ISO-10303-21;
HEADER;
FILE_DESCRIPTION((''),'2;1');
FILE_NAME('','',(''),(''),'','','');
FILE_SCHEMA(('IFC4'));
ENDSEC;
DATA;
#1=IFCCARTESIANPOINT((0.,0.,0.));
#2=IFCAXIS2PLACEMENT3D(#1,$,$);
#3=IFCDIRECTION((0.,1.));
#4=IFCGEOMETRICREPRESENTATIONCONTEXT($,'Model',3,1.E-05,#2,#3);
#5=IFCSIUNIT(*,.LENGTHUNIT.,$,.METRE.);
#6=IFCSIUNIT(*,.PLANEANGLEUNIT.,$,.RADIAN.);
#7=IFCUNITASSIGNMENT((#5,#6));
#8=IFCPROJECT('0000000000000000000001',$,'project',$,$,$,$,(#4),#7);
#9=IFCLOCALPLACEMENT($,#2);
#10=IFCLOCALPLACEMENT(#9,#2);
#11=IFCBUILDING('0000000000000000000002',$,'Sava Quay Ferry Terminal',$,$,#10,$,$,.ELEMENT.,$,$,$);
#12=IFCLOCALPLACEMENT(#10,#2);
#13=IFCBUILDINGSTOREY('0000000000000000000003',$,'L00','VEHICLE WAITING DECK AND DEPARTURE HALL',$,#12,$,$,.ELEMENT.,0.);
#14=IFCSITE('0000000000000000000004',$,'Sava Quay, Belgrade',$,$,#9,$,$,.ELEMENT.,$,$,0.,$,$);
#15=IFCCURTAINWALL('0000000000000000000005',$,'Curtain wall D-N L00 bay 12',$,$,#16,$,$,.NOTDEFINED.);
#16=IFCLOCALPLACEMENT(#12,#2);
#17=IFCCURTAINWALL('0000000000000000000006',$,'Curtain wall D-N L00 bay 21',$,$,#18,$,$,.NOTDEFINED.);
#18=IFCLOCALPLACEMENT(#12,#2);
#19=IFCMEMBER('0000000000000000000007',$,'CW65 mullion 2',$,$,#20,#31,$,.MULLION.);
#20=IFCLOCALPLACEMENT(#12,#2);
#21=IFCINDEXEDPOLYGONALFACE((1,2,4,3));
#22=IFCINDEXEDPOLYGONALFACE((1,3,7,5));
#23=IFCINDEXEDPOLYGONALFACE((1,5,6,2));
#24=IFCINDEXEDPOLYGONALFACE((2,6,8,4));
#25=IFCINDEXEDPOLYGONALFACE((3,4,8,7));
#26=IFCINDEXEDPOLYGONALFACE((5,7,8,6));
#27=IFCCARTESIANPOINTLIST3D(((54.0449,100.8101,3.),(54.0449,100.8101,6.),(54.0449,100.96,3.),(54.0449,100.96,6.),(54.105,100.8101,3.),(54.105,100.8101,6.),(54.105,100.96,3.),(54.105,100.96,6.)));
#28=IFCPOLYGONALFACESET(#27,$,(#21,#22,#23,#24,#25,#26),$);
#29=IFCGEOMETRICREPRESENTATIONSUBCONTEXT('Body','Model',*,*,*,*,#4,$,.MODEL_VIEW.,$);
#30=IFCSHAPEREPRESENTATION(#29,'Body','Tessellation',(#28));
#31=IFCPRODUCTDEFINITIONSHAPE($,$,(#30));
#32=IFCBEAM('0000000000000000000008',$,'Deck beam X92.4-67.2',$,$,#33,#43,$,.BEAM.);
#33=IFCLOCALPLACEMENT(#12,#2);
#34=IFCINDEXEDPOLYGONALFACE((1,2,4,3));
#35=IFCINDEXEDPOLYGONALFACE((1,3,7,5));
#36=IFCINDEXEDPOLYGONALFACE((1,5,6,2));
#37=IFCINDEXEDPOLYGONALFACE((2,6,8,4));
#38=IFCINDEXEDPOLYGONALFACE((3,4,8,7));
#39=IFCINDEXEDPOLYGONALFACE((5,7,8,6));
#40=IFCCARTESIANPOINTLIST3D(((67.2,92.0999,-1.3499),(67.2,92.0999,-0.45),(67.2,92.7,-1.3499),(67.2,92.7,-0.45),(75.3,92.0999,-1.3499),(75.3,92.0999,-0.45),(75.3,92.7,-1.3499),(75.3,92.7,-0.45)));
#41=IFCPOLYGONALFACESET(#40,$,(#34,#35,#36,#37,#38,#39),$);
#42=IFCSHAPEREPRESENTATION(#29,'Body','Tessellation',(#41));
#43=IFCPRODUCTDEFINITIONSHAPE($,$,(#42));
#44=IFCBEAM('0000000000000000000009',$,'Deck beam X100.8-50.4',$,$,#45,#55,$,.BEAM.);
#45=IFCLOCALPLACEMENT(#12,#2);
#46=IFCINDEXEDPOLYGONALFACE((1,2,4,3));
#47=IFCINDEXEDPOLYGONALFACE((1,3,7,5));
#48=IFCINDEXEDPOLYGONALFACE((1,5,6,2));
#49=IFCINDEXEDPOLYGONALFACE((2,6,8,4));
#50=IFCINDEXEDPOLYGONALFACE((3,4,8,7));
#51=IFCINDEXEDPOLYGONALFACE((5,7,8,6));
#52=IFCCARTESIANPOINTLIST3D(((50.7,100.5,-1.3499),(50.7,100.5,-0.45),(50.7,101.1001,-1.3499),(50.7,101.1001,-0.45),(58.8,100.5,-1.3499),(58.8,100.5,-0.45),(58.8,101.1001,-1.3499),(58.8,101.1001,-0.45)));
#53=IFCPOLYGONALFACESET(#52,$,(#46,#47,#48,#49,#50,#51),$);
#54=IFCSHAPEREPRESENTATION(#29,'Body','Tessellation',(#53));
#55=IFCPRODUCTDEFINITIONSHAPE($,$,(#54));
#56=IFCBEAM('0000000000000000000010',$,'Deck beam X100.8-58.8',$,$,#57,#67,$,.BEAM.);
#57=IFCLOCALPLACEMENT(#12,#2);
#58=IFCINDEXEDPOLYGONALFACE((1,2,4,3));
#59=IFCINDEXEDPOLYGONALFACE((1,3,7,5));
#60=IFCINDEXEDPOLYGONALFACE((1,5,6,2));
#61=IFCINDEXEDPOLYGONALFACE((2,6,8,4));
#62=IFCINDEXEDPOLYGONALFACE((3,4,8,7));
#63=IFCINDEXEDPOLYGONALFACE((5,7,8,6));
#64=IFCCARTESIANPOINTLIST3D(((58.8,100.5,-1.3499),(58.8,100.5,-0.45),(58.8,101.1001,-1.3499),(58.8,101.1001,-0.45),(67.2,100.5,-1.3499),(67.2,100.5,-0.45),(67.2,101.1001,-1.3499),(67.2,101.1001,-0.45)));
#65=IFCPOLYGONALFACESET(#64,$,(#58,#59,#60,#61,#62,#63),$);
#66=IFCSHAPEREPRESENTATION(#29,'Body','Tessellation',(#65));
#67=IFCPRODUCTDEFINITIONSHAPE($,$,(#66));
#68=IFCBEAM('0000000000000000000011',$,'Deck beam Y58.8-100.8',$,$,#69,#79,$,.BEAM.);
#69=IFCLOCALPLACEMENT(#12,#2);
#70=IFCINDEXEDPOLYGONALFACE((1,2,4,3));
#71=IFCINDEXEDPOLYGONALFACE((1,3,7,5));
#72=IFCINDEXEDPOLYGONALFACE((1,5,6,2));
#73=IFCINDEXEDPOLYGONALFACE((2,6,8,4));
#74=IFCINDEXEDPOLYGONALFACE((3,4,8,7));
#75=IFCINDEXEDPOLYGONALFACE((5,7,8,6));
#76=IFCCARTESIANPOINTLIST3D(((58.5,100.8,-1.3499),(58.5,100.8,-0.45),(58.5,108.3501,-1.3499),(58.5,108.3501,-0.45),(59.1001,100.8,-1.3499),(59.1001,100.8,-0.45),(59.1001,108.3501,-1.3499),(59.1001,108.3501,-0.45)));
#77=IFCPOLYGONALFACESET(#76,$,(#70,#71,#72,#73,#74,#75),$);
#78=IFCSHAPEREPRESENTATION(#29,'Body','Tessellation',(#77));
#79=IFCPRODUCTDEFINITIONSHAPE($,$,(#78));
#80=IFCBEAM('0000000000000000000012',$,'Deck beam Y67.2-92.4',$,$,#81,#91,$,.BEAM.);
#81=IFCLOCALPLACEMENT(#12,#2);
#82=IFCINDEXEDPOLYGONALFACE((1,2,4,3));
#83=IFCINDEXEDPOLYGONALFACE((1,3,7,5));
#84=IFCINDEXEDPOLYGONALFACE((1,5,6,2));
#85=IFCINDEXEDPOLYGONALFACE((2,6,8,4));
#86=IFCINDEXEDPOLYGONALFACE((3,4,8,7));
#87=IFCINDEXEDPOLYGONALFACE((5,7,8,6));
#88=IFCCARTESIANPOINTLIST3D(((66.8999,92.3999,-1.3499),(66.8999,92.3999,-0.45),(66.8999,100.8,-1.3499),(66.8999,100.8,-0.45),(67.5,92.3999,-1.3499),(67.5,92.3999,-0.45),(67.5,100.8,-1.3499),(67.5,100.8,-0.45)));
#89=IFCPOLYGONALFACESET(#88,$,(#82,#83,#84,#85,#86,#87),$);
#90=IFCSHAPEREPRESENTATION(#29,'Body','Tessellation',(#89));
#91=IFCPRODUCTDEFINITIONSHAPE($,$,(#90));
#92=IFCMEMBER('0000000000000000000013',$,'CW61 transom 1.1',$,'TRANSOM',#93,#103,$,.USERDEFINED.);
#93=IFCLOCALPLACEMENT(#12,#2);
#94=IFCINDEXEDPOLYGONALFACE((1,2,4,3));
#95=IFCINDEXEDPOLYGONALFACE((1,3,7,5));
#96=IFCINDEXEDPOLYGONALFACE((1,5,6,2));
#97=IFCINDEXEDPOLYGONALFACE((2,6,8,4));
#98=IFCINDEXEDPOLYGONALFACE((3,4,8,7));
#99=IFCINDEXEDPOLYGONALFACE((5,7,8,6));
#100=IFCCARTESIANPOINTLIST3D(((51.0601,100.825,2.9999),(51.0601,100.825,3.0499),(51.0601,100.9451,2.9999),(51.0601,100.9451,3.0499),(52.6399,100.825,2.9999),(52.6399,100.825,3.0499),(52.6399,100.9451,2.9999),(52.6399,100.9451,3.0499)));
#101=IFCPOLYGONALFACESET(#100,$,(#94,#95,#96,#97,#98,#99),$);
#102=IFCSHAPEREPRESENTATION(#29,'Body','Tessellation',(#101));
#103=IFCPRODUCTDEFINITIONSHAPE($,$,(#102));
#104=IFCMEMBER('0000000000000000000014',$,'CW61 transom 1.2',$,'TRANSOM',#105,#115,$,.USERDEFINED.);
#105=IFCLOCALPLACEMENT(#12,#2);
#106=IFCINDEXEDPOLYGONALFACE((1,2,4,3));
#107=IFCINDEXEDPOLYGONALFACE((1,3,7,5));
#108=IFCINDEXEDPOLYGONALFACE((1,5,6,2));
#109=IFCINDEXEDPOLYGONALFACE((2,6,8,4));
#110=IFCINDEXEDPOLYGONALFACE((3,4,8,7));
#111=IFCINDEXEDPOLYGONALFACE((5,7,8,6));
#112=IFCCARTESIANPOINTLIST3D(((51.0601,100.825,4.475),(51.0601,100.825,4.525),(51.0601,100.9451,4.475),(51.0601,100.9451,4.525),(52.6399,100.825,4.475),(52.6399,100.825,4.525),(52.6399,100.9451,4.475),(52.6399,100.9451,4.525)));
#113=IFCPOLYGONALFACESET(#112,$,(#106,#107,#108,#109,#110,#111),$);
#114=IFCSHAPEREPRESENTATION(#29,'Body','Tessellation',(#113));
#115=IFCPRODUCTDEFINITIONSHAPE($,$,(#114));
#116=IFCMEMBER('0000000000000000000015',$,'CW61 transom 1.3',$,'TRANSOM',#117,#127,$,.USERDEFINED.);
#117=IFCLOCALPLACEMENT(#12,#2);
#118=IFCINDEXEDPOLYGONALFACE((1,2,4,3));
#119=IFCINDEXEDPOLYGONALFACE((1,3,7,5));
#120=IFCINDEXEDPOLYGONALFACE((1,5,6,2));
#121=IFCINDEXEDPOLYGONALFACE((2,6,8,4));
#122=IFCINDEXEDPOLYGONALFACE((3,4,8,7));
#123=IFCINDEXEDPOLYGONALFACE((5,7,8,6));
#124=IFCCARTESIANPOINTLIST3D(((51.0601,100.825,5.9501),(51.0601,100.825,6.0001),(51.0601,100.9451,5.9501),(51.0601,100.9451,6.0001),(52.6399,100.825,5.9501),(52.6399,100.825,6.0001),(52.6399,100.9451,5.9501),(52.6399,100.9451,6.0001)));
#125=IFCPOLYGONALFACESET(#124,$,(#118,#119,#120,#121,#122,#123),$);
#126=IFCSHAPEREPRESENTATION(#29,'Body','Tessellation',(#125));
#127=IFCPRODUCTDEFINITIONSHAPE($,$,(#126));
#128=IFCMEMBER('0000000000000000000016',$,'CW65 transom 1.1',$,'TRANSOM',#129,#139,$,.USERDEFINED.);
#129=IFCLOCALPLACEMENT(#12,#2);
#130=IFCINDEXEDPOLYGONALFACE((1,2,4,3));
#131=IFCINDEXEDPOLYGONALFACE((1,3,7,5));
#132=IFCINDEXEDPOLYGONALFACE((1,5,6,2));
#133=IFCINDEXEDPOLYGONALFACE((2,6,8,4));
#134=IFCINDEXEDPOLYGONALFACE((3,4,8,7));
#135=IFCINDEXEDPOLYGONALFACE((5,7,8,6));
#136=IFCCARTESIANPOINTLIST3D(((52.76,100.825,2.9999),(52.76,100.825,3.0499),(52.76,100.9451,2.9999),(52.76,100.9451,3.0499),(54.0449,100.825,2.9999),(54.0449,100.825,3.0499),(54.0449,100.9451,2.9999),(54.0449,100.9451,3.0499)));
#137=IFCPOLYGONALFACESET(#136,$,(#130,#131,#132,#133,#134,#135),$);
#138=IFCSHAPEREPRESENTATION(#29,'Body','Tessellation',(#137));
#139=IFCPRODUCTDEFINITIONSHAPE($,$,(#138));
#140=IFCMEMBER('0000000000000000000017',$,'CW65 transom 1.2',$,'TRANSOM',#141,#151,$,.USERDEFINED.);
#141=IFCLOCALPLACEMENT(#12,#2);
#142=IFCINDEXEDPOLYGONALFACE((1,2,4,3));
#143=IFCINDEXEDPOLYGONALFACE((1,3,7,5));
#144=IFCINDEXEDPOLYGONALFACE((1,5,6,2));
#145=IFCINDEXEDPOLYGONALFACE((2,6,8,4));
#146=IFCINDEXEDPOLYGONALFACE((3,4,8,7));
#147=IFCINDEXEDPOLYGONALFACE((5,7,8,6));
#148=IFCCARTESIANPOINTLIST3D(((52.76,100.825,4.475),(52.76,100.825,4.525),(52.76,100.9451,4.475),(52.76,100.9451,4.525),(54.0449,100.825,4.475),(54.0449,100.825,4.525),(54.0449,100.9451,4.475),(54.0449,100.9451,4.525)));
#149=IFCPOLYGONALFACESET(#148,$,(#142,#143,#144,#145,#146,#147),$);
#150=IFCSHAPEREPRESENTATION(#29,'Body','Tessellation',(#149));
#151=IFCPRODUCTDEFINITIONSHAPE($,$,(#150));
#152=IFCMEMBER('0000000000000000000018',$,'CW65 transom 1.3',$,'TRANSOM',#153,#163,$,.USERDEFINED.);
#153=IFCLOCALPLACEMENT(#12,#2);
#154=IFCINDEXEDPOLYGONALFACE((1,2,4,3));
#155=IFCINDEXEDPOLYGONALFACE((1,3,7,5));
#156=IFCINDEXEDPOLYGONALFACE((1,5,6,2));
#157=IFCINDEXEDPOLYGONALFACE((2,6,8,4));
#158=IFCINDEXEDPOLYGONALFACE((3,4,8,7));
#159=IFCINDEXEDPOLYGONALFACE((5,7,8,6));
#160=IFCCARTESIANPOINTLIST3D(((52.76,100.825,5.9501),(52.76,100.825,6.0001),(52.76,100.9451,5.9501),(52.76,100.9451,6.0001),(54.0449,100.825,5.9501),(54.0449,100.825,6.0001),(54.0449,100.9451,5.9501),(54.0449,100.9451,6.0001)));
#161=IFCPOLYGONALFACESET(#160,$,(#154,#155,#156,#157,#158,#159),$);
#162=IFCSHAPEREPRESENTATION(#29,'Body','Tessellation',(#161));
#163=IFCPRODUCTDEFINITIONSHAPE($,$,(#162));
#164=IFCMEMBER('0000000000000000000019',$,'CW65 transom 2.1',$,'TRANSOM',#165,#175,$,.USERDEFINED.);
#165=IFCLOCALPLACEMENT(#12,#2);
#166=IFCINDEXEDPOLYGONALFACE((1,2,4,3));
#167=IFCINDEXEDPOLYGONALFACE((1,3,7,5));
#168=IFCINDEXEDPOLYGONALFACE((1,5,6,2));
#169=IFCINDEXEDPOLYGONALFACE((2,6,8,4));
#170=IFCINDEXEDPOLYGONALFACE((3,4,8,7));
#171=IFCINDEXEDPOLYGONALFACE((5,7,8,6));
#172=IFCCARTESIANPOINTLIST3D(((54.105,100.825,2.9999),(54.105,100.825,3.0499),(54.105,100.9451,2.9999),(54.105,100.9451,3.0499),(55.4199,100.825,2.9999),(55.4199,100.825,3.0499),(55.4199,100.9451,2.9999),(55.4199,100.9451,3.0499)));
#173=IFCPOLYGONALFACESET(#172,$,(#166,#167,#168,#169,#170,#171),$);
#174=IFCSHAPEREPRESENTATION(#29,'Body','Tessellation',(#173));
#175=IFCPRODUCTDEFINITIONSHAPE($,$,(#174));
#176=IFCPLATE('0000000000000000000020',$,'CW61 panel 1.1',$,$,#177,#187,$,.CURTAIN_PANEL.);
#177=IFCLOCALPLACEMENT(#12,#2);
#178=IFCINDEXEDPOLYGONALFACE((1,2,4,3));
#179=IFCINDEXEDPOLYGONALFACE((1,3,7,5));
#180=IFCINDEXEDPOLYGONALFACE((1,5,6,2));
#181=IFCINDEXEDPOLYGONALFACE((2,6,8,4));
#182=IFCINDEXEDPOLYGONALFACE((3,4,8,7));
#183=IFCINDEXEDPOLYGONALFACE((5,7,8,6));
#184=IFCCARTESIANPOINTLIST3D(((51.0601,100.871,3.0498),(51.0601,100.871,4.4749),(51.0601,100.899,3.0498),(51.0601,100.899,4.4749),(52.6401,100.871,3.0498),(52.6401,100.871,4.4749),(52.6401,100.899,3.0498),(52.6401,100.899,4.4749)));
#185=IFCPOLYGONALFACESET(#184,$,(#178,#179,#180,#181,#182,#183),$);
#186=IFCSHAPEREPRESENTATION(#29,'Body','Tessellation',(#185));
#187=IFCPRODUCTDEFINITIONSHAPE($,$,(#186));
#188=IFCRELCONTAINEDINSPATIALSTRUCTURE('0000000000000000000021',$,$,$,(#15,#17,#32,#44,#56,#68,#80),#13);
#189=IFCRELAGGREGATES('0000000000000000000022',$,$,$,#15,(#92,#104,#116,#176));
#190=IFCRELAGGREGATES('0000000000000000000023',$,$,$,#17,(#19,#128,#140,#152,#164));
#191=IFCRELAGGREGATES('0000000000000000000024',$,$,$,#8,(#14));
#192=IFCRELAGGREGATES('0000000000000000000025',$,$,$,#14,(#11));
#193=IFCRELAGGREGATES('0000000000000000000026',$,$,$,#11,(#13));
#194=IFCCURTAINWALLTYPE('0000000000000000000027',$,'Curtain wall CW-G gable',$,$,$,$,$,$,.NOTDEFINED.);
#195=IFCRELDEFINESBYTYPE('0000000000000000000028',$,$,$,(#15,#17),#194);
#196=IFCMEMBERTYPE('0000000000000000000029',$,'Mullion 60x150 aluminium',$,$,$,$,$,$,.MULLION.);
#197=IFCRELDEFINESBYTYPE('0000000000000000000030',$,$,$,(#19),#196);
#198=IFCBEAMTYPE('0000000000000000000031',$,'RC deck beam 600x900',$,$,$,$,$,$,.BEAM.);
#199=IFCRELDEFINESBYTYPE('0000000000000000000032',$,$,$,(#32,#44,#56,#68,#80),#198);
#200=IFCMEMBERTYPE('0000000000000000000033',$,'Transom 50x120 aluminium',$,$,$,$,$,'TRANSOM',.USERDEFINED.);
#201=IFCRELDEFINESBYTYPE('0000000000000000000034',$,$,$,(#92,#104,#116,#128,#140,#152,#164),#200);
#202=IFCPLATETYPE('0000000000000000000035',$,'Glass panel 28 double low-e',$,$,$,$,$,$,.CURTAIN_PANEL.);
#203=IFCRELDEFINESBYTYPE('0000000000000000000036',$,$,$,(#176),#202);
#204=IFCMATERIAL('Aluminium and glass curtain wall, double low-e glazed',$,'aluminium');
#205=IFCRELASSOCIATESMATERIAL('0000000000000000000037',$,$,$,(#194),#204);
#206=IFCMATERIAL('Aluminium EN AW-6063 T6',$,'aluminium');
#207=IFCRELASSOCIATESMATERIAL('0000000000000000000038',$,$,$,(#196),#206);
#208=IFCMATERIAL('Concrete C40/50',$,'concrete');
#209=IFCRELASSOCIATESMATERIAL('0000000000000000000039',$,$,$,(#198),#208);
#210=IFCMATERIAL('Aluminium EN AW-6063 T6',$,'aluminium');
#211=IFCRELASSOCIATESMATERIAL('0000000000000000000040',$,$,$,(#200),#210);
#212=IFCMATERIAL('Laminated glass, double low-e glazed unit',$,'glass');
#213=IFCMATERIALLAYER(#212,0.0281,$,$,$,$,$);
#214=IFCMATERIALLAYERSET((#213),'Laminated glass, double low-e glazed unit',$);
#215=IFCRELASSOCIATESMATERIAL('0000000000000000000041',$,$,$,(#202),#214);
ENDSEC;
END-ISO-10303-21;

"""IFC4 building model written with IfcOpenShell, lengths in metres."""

from ifc_helpers import new_model, si_unit, direction, frame, origin, origin_2d, place, context, subcontext, project, spatial, rectangle, extrude, material, layer, layer_set, material_profile, profile_set, type_object, element, aggregate, save


model = new_model("IFC4")

# Units and contexts
model_context = context("Model", 3, precision=1e-05, world=origin(), true_north=direction((0.0, 1.0)))
body_context = subcontext(model_context, "Body", "Model", "MODEL_VIEW")
ifc_project = project(units=[si_unit("LENGTHUNIT", "METRE"), si_unit("PLANEANGLEUNIT", "RADIAN")], contexts=[model_context])

# Site, building, storey
site_placement = place(None, origin())
site = spatial("IfcSite", under=ifc_project, at=site_placement, Name="Sava Quay, Belgrade", CompositionType="ELEMENT", RefElevation=0.0)
building_placement = place(site_placement, origin())
building = spatial("IfcBuilding", under=site, at=building_placement, Name="Sava Quay Ferry Terminal", CompositionType="ELEMENT")
storey_placement = place(building_placement, origin())
storey = spatial("IfcBuildingStorey", under=building, at=storey_placement, Name="L00", Description="VEHICLE WAITING DECK AND DEPARTURE HALL", CompositionType="ELEMENT", Elevation=0.0)

# Curtain walls, member
ifc_material_1 = material(Name="Aluminium and glass curtain wall, double low-e glazed", Category="aluminium")
curtain_wall_type = type_object("IfcCurtainWallType", Name="Curtain wall CW-G gable", PredefinedType="NOTDEFINED", material=ifc_material_1)
curtain_wall_1_placement = place(storey_placement, origin())
curtain_wall_1 = element("IfcCurtainWall", 1, at=curtain_wall_1_placement, inside=storey, type_object=curtain_wall_type, Name="Curtain wall D-N L00 bay 12", PredefinedType="NOTDEFINED")
ifc_material_2 = material(Name="Aluminium EN AW-6063 T6", Category="aluminium")
ifc_material_profile_1 = material_profile(ifc_material_2, rectangle(XDim=0.1499, YDim=0.0601, at=origin_2d()), Name="Mullion 60x150 aluminium")
ifc_profile_set_1 = profile_set([ifc_material_profile_1], Name="Aluminium EN AW-6063 T6")
member_type_1 = type_object("IfcMemberType", Name="Mullion 60x150 aluminium", PredefinedType="MULLION", material=ifc_profile_set_1)
curtain_wall_2_placement = place(storey_placement, origin())
curtain_wall_2 = element("IfcCurtainWall", 2, at=curtain_wall_2_placement, inside=storey, type_object=curtain_wall_type, Name="Curtain wall D-N L00 bay 21", PredefinedType="NOTDEFINED")
member_1_placement = place(storey_placement, frame((54.075, 100.885, 3.0), z_axis=(0.0, 0.0, 1.0), x_axis=(0.0, 1.0, 0.0)))
member_1 = element("IfcMember", 3, at=member_1_placement, type_object=member_type_1, Name="CW65 mullion 2", PredefinedType="MULLION", context=body_context, shape_type="SweptSolid", body=[
    extrude(rectangle(XDim=0.1499, YDim=0.0601, at=origin_2d()), origin(), (0.0, 0.0, 1.0), 3.0),
])

# Beams
ifc_material_3 = material(Name="Concrete C40/50", Category="concrete")
ifc_material_profile_2 = material_profile(ifc_material_3, rectangle(XDim=0.6001, YDim=0.8999, at=origin_2d()), Name="RC 600x900")
ifc_profile_set_2 = profile_set([ifc_material_profile_2], Name="Concrete C40/50")
beam_type = type_object("IfcBeamType", Name="RC deck beam 600x900", PredefinedType="BEAM", material=ifc_profile_set_2)
for number, where, z_axis, x_axis, name in (
    (4, (67.2, 92.3999, -0.8999), (1.0, 0.0, 0.0), (0.0, 1.0, 0.0), "Deck beam X92.4-67.2"),
    (5, (50.7, 100.8, -0.8999), (1.0, 0.0, 0.0), (0.0, 1.0, 0.0), "Deck beam X100.8-50.4"),
):
    element("IfcBeam", number, at=place(storey_placement, frame(where, z_axis=z_axis, x_axis=x_axis)), inside=storey, type_object=beam_type, Name=name, PredefinedType="BEAM", context=body_context, shape_type="SweptSolid", body=[
        extrude(rectangle(XDim=0.6001, YDim=0.8999, at=origin_2d()), origin(), (0.0, 0.0, 1.0), 8.1001),
    ])
beam_1_placement = place(storey_placement, frame((58.8, 100.8, -0.8999), z_axis=(1.0, 0.0, 0.0), x_axis=(0.0, 1.0, 0.0)))
element("IfcBeam", 6, at=beam_1_placement, inside=storey, type_object=beam_type, Name="Deck beam X100.8-58.8", PredefinedType="BEAM", context=body_context, shape_type="SweptSolid", body=[
    extrude(rectangle(XDim=0.6001, YDim=0.8999, at=origin_2d()), origin(), (0.0, 0.0, 1.0), 8.3999),
])
beam_2_placement = place(storey_placement, frame((58.8, 100.8, -0.8999), z_axis=(0.0, 1.0, 0.0), x_axis=(-1.0, 0.0, 0.0)))
element("IfcBeam", 7, at=beam_2_placement, inside=storey, type_object=beam_type, Name="Deck beam Y58.8-100.8", PredefinedType="BEAM", context=body_context, shape_type="SweptSolid", body=[
    extrude(rectangle(XDim=0.6001, YDim=0.8999, at=origin_2d()), origin(), (0.0, 0.0, 1.0), 7.55),
])
beam_3_placement = place(storey_placement, frame((67.2, 92.3999, -0.8999), z_axis=(0.0, 1.0, 0.0), x_axis=(-1.0, 0.0, 0.0)))
element("IfcBeam", 8, at=beam_3_placement, inside=storey, type_object=beam_type, Name="Deck beam Y67.2-92.4", PredefinedType="BEAM", context=body_context, shape_type="SweptSolid", body=[
    extrude(rectangle(XDim=0.6001, YDim=0.8999, at=origin_2d()), origin(), (0.0, 0.0, 1.0), 8.4001),
])

# Members
ifc_material_4 = material(Name="Aluminium EN AW-6063 T6", Category="aluminium")
ifc_material_profile_3 = material_profile(ifc_material_4, rectangle(XDim=0.1201, YDim=0.05, at=origin_2d()), Name="Transom 50x120 aluminium")
ifc_profile_set_3 = profile_set([ifc_material_profile_3], Name="Aluminium EN AW-6063 T6")
member_type_2 = type_object("IfcMemberType", Name="Transom 50x120 aluminium", ElementType="TRANSOM", PredefinedType="USERDEFINED", material=ifc_profile_set_3)
member_2_placement = place(storey_placement, frame((51.0601, 100.885, 3.0249), z_axis=(1.0, 0.0, 0.0), x_axis=(0.0, 1.0, 0.0)))
member_2 = element("IfcMember", 9, at=member_2_placement, type_object=member_type_2, Name="CW61 transom 1.1", ObjectType="TRANSOM", PredefinedType="USERDEFINED", context=body_context, shape_type="SweptSolid", body=[
    extrude(rectangle(XDim=0.1201, YDim=0.05, at=origin_2d()), origin(), (0.0, 0.0, 1.0), 1.5798),
])
member_3_placement = place(storey_placement, frame((51.0601, 100.885, 4.5), z_axis=(1.0, 0.0, 0.0), x_axis=(0.0, 1.0, 0.0)))
member_3 = element("IfcMember", 10, at=member_3_placement, type_object=member_type_2, Name="CW61 transom 1.2", ObjectType="TRANSOM", PredefinedType="USERDEFINED", context=body_context, shape_type="SweptSolid", body=[
    extrude(rectangle(XDim=0.1201, YDim=0.05, at=origin_2d()), origin(), (0.0, 0.0, 1.0), 1.5798),
])
member_4_placement = place(storey_placement, frame((51.0601, 100.885, 5.9751), z_axis=(1.0, 0.0, 0.0), x_axis=(0.0, 1.0, 0.0)))
member_4 = element("IfcMember", 11, at=member_4_placement, type_object=member_type_2, Name="CW61 transom 1.3", ObjectType="TRANSOM", PredefinedType="USERDEFINED", context=body_context, shape_type="SweptSolid", body=[
    extrude(rectangle(XDim=0.1201, YDim=0.05, at=origin_2d()), origin(), (0.0, 0.0, 1.0), 1.5798),
])
member_5_placement = place(storey_placement, frame((52.76, 100.885, 3.0249), z_axis=(1.0, 0.0, 0.0), x_axis=(0.0, 1.0, 0.0)))
member_5 = element("IfcMember", 12, at=member_5_placement, type_object=member_type_2, Name="CW65 transom 1.1", ObjectType="TRANSOM", PredefinedType="USERDEFINED", context=body_context, shape_type="SweptSolid", body=[
    extrude(rectangle(XDim=0.1201, YDim=0.05, at=origin_2d()), origin(), (0.0, 0.0, 1.0), 1.2849),
])
member_6_placement = place(storey_placement, frame((52.76, 100.885, 4.5), z_axis=(1.0, 0.0, 0.0), x_axis=(0.0, 1.0, 0.0)))
member_6 = element("IfcMember", 13, at=member_6_placement, type_object=member_type_2, Name="CW65 transom 1.2", ObjectType="TRANSOM", PredefinedType="USERDEFINED", context=body_context, shape_type="SweptSolid", body=[
    extrude(rectangle(XDim=0.1201, YDim=0.05, at=origin_2d()), origin(), (0.0, 0.0, 1.0), 1.2849),
])
member_7_placement = place(storey_placement, frame((52.76, 100.885, 5.9751), z_axis=(1.0, 0.0, 0.0), x_axis=(0.0, 1.0, 0.0)))
member_7 = element("IfcMember", 14, at=member_7_placement, type_object=member_type_2, Name="CW65 transom 1.3", ObjectType="TRANSOM", PredefinedType="USERDEFINED", context=body_context, shape_type="SweptSolid", body=[
    extrude(rectangle(XDim=0.1201, YDim=0.05, at=origin_2d()), origin(), (0.0, 0.0, 1.0), 1.2849),
])
member_8_placement = place(storey_placement, frame((54.105, 100.885, 3.0249), z_axis=(1.0, 0.0, 0.0), x_axis=(0.0, 1.0, 0.0)))
member_8 = element("IfcMember", 15, at=member_8_placement, type_object=member_type_2, Name="CW65 transom 2.1", ObjectType="TRANSOM", PredefinedType="USERDEFINED", context=body_context, shape_type="SweptSolid", body=[
    extrude(rectangle(XDim=0.1201, YDim=0.05, at=origin_2d()), origin(), (0.0, 0.0, 1.0), 1.3149),
])

# Plate
ifc_material_5 = material(Name="Laminated glass, double low-e glazed unit", Category="glass")
ifc_layer_1 = layer(ifc_material_5, 0.0281)
ifc_layer_set_1 = layer_set([ifc_layer_1], Name="Laminated glass, double low-e glazed unit")
plate_type = type_object("IfcPlateType", Name="Glass panel 28 double low-e", PredefinedType="CURTAIN_PANEL", material=ifc_layer_set_1)
plate_1_placement = place(storey_placement, frame((51.8501, 100.885, 3.0498), z_axis=(0.0, 0.0, 1.0), x_axis=(1.0, 0.0, 0.0)))
plate_1 = element("IfcPlate", 16, at=plate_1_placement, type_object=plate_type, Name="CW61 panel 1.1", PredefinedType="CURTAIN_PANEL", context=body_context, shape_type="SweptSolid", body=[
    extrude(rectangle(XDim=1.5801, YDim=0.0281, at=origin_2d()), origin(), (0.0, 0.0, 1.0), 1.425),
])
aggregate(curtain_wall_1, [member_2, member_3, member_4, plate_1])
aggregate(curtain_wall_2, [member_1, member_5, member_6, member_7, member_8])

save(model, "model.ifc")
